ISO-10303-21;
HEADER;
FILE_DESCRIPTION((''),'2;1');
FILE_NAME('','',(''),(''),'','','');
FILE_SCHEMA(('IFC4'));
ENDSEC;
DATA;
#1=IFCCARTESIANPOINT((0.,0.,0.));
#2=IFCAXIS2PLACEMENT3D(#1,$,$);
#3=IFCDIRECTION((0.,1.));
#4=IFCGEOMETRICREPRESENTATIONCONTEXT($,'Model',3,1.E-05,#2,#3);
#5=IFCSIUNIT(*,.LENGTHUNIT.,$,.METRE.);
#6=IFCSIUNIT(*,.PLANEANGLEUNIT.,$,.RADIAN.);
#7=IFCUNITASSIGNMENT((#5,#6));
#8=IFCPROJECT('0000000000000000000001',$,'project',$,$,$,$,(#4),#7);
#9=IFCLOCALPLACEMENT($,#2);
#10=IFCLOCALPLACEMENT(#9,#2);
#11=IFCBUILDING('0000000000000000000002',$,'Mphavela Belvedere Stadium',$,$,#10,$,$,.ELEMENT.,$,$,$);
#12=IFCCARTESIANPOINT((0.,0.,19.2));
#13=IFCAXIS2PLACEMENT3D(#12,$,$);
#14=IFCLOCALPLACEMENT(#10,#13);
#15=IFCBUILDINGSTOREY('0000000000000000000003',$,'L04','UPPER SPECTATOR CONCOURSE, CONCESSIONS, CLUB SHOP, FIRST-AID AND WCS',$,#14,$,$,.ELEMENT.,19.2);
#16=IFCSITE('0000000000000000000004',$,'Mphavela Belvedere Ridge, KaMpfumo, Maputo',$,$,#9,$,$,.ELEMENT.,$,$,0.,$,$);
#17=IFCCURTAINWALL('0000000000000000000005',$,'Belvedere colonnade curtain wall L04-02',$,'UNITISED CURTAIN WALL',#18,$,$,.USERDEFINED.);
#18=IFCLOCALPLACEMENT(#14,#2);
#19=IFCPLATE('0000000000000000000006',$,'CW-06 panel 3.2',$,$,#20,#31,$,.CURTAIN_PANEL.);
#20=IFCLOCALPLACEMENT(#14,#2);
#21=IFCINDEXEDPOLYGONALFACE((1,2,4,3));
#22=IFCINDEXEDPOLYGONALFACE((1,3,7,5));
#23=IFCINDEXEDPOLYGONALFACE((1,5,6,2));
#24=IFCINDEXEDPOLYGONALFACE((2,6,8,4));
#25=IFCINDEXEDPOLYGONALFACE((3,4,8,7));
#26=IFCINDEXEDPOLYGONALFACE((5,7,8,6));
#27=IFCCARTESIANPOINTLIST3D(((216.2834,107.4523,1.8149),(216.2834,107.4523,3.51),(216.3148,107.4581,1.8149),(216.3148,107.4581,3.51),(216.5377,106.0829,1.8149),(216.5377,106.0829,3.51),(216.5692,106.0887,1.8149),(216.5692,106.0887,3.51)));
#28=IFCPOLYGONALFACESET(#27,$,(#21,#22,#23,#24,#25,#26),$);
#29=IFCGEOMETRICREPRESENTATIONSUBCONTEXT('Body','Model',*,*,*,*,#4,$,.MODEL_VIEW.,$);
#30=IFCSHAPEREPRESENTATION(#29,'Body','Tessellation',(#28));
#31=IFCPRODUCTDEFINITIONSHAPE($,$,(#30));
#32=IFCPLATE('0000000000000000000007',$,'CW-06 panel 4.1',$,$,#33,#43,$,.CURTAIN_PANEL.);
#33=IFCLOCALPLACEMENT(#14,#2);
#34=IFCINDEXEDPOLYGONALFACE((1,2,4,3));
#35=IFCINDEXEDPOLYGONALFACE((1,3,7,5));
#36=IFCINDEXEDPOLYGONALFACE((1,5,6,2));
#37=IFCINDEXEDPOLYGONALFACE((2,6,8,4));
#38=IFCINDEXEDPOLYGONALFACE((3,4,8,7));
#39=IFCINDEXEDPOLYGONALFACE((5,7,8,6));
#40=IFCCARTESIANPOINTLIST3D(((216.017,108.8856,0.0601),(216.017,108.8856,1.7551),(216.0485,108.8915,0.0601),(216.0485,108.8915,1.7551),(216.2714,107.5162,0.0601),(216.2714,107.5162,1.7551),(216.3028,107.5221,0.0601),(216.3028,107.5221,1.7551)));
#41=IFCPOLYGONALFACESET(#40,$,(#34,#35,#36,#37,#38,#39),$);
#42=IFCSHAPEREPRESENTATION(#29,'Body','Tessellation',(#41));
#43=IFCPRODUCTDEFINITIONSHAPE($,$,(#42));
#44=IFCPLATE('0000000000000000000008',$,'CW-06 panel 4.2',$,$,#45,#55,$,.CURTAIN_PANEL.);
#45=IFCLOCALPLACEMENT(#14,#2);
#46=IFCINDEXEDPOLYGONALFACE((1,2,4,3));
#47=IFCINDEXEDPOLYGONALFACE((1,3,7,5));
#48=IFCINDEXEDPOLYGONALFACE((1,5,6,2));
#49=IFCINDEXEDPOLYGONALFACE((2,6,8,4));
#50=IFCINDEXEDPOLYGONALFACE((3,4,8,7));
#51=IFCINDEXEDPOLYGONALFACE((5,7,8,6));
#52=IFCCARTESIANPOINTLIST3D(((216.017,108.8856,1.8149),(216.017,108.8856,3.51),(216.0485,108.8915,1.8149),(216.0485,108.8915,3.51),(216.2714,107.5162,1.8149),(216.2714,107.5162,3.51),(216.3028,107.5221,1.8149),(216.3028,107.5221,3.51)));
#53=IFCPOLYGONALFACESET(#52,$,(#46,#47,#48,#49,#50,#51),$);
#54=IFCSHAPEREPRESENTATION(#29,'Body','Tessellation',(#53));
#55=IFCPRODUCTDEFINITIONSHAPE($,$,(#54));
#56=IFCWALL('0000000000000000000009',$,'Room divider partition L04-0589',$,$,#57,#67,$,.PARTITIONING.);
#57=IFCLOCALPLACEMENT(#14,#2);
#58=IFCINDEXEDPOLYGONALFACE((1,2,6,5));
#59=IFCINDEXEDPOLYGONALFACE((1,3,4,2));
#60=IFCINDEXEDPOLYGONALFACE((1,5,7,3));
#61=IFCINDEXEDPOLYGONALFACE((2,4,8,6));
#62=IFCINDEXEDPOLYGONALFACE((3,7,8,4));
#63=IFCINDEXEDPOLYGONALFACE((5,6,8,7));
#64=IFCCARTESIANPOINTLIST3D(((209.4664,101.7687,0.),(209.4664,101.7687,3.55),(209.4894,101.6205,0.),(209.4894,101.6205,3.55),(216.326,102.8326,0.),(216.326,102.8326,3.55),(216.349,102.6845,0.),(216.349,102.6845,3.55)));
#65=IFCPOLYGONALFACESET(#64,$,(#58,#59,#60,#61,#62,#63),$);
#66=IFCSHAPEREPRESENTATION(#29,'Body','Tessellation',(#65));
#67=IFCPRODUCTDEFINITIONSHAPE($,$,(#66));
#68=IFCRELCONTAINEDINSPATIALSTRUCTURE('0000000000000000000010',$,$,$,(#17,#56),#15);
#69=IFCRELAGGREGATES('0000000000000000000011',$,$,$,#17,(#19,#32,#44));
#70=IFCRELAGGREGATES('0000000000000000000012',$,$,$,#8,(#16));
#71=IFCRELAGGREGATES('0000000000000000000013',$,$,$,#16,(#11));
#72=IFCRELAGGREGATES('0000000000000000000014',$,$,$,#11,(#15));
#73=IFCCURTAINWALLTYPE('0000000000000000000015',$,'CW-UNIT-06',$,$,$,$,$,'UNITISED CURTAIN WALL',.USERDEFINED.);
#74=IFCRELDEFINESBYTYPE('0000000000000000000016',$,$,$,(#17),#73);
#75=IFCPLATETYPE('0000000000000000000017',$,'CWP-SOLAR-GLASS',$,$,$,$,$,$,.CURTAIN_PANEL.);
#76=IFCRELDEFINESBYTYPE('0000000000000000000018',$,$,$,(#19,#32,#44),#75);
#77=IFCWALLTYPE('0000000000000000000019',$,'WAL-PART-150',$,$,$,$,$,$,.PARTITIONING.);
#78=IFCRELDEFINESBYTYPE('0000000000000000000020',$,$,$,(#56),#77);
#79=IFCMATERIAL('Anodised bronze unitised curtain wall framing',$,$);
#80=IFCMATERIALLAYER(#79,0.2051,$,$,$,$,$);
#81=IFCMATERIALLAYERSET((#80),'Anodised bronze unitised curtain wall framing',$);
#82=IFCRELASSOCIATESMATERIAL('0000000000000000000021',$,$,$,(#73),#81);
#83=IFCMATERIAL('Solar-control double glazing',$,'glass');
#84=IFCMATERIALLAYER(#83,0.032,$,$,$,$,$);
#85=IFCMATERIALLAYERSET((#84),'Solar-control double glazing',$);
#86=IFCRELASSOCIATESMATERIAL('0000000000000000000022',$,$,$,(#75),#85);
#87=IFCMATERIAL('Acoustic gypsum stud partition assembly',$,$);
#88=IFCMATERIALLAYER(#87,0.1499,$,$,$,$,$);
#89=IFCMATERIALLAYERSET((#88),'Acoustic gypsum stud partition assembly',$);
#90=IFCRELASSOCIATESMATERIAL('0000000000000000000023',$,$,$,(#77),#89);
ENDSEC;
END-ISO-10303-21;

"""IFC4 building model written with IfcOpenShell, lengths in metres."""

from ifc_helpers import new_model, si_unit, direction, frame, frame_2d, origin, origin_2d, place, context, subcontext, project, spatial, rectangle, extrude, material, layer, layer_set, type_object, element, aggregate, save


model = new_model("IFC4")

# Units and contexts
model_context = context("Model", 3, precision=1e-05, world=origin(), true_north=direction((0.0, 1.0)))
body_context = subcontext(model_context, "Body", "Model", "MODEL_VIEW")
ifc_project = project(units=[si_unit("LENGTHUNIT", "METRE"), si_unit("PLANEANGLEUNIT", "RADIAN")], contexts=[model_context])

# Site, building, storey
site_placement = place(None, origin())
site = spatial("IfcSite", under=ifc_project, at=site_placement, Name="Mphavela Belvedere Ridge, KaMpfumo, Maputo", CompositionType="ELEMENT", RefElevation=0.0)
building_placement = place(site_placement, origin())
building = spatial("IfcBuilding", under=site, at=building_placement, Name="Mphavela Belvedere Stadium", CompositionType="ELEMENT")
storey_placement = place(building_placement, frame((0.0, 0.0, 19.2)))
storey = spatial("IfcBuildingStorey", under=building, at=storey_placement, Name="L04", Description="UPPER SPECTATOR CONCOURSE, CONCESSIONS, CLUB SHOP, FIRST-AID AND WCS", CompositionType="ELEMENT", Elevation=19.2)

# Curtain wall, plates
ifc_material_1 = material(Name="Anodised bronze unitised curtain wall framing")
ifc_layer_1 = layer(ifc_material_1, 0.2051)
ifc_layer_set_1 = layer_set([ifc_layer_1], Name="Anodised bronze unitised curtain wall framing")
curtain_wall_type = type_object("IfcCurtainWallType", Name="CW-UNIT-06", ElementType="UNITISED CURTAIN WALL", PredefinedType="USERDEFINED", material=ifc_layer_set_1)
curtain_wall_placement = place(storey_placement, origin())
curtain_wall = element("IfcCurtainWall", 1, at=curtain_wall_placement, inside=storey, type_object=curtain_wall_type, Name="Belvedere colonnade curtain wall L04-02", ObjectType="UNITISED CURTAIN WALL", PredefinedType="USERDEFINED")
ifc_material_2 = material(Name="Solar-control double glazing", Category="glass")
ifc_layer_2 = layer(ifc_material_2, 0.032)
ifc_layer_set_2 = layer_set([ifc_layer_2], Name="Solar-control double glazing")
plate_type = type_object("IfcPlateType", Name="CWP-SOLAR-GLASS", PredefinedType="CURTAIN_PANEL", material=ifc_layer_set_2)
plate_1_placement = place(storey_placement, frame((216.4263, 106.7705, 1.8149), z_axis=(0.0, 0.0, 1.0), x_axis=(-0.182618, 0.983184, 0.0)))
plate_1 = element("IfcPlate", 2, at=plate_1_placement, type_object=plate_type, Name="CW-06 panel 3.2", PredefinedType="CURTAIN_PANEL", context=body_context, shape_type="SweptSolid", body=[
    extrude(rectangle(XDim=1.3928, YDim=0.032, at=origin_2d()), origin(), (0.0, 0.0, 1.0), 1.6951),
])
plate_2_placement = place(storey_placement, frame((216.1599, 108.2039, 0.0601), z_axis=(0.0, 0.0, 1.0), x_axis=(-0.182618, 0.983184, 0.0)))
plate_2 = element("IfcPlate", 3, at=plate_2_placement, type_object=plate_type, Name="CW-06 panel 4.1", PredefinedType="CURTAIN_PANEL", context=body_context, shape_type="SweptSolid", body=[
    extrude(rectangle(XDim=1.3928, YDim=0.032, at=origin_2d()), origin(), (0.0, 0.0, 1.0), 1.6951),
])
plate_3_placement = place(storey_placement, frame((216.1599, 108.2039, 1.8149), z_axis=(0.0, 0.0, 1.0), x_axis=(-0.182618, 0.983184, 0.0)))
plate_3 = element("IfcPlate", 4, at=plate_3_placement, type_object=plate_type, Name="CW-06 panel 4.2", PredefinedType="CURTAIN_PANEL", context=body_context, shape_type="SweptSolid", body=[
    extrude(rectangle(XDim=1.3928, YDim=0.032, at=origin_2d()), origin(), (0.0, 0.0, 1.0), 1.6951),
])
aggregate(curtain_wall, [plate_1, plate_2, plate_3])

# Wall
ifc_material_3 = material(Name="Acoustic gypsum stud partition assembly")
ifc_layer_3 = layer(ifc_material_3, 0.1499)
ifc_layer_set_3 = layer_set([ifc_layer_3], Name="Acoustic gypsum stud partition assembly")
wall_type = type_object("IfcWallType", Name="WAL-PART-150", PredefinedType="PARTITIONING", material=ifc_layer_set_3)
wall_placement = place(storey_placement, frame((216.3374, 102.7585, 0.0), z_axis=(0.0, 0.0, 1.0), x_axis=(-0.988184, -0.153273, 0.0)))
element("IfcWall", 5, at=wall_placement, inside=storey, type_object=wall_type, Name="Room divider partition L04-0589", PredefinedType="PARTITIONING", context=body_context, shape_type="SweptSolid", body=[
    extrude(rectangle(XDim=6.9417, YDim=0.1499, at=frame_2d((3.4707, 0.0))), origin(), (0.0, 0.0, 1.0), 3.55),
])

save(model, "model.ifc")
